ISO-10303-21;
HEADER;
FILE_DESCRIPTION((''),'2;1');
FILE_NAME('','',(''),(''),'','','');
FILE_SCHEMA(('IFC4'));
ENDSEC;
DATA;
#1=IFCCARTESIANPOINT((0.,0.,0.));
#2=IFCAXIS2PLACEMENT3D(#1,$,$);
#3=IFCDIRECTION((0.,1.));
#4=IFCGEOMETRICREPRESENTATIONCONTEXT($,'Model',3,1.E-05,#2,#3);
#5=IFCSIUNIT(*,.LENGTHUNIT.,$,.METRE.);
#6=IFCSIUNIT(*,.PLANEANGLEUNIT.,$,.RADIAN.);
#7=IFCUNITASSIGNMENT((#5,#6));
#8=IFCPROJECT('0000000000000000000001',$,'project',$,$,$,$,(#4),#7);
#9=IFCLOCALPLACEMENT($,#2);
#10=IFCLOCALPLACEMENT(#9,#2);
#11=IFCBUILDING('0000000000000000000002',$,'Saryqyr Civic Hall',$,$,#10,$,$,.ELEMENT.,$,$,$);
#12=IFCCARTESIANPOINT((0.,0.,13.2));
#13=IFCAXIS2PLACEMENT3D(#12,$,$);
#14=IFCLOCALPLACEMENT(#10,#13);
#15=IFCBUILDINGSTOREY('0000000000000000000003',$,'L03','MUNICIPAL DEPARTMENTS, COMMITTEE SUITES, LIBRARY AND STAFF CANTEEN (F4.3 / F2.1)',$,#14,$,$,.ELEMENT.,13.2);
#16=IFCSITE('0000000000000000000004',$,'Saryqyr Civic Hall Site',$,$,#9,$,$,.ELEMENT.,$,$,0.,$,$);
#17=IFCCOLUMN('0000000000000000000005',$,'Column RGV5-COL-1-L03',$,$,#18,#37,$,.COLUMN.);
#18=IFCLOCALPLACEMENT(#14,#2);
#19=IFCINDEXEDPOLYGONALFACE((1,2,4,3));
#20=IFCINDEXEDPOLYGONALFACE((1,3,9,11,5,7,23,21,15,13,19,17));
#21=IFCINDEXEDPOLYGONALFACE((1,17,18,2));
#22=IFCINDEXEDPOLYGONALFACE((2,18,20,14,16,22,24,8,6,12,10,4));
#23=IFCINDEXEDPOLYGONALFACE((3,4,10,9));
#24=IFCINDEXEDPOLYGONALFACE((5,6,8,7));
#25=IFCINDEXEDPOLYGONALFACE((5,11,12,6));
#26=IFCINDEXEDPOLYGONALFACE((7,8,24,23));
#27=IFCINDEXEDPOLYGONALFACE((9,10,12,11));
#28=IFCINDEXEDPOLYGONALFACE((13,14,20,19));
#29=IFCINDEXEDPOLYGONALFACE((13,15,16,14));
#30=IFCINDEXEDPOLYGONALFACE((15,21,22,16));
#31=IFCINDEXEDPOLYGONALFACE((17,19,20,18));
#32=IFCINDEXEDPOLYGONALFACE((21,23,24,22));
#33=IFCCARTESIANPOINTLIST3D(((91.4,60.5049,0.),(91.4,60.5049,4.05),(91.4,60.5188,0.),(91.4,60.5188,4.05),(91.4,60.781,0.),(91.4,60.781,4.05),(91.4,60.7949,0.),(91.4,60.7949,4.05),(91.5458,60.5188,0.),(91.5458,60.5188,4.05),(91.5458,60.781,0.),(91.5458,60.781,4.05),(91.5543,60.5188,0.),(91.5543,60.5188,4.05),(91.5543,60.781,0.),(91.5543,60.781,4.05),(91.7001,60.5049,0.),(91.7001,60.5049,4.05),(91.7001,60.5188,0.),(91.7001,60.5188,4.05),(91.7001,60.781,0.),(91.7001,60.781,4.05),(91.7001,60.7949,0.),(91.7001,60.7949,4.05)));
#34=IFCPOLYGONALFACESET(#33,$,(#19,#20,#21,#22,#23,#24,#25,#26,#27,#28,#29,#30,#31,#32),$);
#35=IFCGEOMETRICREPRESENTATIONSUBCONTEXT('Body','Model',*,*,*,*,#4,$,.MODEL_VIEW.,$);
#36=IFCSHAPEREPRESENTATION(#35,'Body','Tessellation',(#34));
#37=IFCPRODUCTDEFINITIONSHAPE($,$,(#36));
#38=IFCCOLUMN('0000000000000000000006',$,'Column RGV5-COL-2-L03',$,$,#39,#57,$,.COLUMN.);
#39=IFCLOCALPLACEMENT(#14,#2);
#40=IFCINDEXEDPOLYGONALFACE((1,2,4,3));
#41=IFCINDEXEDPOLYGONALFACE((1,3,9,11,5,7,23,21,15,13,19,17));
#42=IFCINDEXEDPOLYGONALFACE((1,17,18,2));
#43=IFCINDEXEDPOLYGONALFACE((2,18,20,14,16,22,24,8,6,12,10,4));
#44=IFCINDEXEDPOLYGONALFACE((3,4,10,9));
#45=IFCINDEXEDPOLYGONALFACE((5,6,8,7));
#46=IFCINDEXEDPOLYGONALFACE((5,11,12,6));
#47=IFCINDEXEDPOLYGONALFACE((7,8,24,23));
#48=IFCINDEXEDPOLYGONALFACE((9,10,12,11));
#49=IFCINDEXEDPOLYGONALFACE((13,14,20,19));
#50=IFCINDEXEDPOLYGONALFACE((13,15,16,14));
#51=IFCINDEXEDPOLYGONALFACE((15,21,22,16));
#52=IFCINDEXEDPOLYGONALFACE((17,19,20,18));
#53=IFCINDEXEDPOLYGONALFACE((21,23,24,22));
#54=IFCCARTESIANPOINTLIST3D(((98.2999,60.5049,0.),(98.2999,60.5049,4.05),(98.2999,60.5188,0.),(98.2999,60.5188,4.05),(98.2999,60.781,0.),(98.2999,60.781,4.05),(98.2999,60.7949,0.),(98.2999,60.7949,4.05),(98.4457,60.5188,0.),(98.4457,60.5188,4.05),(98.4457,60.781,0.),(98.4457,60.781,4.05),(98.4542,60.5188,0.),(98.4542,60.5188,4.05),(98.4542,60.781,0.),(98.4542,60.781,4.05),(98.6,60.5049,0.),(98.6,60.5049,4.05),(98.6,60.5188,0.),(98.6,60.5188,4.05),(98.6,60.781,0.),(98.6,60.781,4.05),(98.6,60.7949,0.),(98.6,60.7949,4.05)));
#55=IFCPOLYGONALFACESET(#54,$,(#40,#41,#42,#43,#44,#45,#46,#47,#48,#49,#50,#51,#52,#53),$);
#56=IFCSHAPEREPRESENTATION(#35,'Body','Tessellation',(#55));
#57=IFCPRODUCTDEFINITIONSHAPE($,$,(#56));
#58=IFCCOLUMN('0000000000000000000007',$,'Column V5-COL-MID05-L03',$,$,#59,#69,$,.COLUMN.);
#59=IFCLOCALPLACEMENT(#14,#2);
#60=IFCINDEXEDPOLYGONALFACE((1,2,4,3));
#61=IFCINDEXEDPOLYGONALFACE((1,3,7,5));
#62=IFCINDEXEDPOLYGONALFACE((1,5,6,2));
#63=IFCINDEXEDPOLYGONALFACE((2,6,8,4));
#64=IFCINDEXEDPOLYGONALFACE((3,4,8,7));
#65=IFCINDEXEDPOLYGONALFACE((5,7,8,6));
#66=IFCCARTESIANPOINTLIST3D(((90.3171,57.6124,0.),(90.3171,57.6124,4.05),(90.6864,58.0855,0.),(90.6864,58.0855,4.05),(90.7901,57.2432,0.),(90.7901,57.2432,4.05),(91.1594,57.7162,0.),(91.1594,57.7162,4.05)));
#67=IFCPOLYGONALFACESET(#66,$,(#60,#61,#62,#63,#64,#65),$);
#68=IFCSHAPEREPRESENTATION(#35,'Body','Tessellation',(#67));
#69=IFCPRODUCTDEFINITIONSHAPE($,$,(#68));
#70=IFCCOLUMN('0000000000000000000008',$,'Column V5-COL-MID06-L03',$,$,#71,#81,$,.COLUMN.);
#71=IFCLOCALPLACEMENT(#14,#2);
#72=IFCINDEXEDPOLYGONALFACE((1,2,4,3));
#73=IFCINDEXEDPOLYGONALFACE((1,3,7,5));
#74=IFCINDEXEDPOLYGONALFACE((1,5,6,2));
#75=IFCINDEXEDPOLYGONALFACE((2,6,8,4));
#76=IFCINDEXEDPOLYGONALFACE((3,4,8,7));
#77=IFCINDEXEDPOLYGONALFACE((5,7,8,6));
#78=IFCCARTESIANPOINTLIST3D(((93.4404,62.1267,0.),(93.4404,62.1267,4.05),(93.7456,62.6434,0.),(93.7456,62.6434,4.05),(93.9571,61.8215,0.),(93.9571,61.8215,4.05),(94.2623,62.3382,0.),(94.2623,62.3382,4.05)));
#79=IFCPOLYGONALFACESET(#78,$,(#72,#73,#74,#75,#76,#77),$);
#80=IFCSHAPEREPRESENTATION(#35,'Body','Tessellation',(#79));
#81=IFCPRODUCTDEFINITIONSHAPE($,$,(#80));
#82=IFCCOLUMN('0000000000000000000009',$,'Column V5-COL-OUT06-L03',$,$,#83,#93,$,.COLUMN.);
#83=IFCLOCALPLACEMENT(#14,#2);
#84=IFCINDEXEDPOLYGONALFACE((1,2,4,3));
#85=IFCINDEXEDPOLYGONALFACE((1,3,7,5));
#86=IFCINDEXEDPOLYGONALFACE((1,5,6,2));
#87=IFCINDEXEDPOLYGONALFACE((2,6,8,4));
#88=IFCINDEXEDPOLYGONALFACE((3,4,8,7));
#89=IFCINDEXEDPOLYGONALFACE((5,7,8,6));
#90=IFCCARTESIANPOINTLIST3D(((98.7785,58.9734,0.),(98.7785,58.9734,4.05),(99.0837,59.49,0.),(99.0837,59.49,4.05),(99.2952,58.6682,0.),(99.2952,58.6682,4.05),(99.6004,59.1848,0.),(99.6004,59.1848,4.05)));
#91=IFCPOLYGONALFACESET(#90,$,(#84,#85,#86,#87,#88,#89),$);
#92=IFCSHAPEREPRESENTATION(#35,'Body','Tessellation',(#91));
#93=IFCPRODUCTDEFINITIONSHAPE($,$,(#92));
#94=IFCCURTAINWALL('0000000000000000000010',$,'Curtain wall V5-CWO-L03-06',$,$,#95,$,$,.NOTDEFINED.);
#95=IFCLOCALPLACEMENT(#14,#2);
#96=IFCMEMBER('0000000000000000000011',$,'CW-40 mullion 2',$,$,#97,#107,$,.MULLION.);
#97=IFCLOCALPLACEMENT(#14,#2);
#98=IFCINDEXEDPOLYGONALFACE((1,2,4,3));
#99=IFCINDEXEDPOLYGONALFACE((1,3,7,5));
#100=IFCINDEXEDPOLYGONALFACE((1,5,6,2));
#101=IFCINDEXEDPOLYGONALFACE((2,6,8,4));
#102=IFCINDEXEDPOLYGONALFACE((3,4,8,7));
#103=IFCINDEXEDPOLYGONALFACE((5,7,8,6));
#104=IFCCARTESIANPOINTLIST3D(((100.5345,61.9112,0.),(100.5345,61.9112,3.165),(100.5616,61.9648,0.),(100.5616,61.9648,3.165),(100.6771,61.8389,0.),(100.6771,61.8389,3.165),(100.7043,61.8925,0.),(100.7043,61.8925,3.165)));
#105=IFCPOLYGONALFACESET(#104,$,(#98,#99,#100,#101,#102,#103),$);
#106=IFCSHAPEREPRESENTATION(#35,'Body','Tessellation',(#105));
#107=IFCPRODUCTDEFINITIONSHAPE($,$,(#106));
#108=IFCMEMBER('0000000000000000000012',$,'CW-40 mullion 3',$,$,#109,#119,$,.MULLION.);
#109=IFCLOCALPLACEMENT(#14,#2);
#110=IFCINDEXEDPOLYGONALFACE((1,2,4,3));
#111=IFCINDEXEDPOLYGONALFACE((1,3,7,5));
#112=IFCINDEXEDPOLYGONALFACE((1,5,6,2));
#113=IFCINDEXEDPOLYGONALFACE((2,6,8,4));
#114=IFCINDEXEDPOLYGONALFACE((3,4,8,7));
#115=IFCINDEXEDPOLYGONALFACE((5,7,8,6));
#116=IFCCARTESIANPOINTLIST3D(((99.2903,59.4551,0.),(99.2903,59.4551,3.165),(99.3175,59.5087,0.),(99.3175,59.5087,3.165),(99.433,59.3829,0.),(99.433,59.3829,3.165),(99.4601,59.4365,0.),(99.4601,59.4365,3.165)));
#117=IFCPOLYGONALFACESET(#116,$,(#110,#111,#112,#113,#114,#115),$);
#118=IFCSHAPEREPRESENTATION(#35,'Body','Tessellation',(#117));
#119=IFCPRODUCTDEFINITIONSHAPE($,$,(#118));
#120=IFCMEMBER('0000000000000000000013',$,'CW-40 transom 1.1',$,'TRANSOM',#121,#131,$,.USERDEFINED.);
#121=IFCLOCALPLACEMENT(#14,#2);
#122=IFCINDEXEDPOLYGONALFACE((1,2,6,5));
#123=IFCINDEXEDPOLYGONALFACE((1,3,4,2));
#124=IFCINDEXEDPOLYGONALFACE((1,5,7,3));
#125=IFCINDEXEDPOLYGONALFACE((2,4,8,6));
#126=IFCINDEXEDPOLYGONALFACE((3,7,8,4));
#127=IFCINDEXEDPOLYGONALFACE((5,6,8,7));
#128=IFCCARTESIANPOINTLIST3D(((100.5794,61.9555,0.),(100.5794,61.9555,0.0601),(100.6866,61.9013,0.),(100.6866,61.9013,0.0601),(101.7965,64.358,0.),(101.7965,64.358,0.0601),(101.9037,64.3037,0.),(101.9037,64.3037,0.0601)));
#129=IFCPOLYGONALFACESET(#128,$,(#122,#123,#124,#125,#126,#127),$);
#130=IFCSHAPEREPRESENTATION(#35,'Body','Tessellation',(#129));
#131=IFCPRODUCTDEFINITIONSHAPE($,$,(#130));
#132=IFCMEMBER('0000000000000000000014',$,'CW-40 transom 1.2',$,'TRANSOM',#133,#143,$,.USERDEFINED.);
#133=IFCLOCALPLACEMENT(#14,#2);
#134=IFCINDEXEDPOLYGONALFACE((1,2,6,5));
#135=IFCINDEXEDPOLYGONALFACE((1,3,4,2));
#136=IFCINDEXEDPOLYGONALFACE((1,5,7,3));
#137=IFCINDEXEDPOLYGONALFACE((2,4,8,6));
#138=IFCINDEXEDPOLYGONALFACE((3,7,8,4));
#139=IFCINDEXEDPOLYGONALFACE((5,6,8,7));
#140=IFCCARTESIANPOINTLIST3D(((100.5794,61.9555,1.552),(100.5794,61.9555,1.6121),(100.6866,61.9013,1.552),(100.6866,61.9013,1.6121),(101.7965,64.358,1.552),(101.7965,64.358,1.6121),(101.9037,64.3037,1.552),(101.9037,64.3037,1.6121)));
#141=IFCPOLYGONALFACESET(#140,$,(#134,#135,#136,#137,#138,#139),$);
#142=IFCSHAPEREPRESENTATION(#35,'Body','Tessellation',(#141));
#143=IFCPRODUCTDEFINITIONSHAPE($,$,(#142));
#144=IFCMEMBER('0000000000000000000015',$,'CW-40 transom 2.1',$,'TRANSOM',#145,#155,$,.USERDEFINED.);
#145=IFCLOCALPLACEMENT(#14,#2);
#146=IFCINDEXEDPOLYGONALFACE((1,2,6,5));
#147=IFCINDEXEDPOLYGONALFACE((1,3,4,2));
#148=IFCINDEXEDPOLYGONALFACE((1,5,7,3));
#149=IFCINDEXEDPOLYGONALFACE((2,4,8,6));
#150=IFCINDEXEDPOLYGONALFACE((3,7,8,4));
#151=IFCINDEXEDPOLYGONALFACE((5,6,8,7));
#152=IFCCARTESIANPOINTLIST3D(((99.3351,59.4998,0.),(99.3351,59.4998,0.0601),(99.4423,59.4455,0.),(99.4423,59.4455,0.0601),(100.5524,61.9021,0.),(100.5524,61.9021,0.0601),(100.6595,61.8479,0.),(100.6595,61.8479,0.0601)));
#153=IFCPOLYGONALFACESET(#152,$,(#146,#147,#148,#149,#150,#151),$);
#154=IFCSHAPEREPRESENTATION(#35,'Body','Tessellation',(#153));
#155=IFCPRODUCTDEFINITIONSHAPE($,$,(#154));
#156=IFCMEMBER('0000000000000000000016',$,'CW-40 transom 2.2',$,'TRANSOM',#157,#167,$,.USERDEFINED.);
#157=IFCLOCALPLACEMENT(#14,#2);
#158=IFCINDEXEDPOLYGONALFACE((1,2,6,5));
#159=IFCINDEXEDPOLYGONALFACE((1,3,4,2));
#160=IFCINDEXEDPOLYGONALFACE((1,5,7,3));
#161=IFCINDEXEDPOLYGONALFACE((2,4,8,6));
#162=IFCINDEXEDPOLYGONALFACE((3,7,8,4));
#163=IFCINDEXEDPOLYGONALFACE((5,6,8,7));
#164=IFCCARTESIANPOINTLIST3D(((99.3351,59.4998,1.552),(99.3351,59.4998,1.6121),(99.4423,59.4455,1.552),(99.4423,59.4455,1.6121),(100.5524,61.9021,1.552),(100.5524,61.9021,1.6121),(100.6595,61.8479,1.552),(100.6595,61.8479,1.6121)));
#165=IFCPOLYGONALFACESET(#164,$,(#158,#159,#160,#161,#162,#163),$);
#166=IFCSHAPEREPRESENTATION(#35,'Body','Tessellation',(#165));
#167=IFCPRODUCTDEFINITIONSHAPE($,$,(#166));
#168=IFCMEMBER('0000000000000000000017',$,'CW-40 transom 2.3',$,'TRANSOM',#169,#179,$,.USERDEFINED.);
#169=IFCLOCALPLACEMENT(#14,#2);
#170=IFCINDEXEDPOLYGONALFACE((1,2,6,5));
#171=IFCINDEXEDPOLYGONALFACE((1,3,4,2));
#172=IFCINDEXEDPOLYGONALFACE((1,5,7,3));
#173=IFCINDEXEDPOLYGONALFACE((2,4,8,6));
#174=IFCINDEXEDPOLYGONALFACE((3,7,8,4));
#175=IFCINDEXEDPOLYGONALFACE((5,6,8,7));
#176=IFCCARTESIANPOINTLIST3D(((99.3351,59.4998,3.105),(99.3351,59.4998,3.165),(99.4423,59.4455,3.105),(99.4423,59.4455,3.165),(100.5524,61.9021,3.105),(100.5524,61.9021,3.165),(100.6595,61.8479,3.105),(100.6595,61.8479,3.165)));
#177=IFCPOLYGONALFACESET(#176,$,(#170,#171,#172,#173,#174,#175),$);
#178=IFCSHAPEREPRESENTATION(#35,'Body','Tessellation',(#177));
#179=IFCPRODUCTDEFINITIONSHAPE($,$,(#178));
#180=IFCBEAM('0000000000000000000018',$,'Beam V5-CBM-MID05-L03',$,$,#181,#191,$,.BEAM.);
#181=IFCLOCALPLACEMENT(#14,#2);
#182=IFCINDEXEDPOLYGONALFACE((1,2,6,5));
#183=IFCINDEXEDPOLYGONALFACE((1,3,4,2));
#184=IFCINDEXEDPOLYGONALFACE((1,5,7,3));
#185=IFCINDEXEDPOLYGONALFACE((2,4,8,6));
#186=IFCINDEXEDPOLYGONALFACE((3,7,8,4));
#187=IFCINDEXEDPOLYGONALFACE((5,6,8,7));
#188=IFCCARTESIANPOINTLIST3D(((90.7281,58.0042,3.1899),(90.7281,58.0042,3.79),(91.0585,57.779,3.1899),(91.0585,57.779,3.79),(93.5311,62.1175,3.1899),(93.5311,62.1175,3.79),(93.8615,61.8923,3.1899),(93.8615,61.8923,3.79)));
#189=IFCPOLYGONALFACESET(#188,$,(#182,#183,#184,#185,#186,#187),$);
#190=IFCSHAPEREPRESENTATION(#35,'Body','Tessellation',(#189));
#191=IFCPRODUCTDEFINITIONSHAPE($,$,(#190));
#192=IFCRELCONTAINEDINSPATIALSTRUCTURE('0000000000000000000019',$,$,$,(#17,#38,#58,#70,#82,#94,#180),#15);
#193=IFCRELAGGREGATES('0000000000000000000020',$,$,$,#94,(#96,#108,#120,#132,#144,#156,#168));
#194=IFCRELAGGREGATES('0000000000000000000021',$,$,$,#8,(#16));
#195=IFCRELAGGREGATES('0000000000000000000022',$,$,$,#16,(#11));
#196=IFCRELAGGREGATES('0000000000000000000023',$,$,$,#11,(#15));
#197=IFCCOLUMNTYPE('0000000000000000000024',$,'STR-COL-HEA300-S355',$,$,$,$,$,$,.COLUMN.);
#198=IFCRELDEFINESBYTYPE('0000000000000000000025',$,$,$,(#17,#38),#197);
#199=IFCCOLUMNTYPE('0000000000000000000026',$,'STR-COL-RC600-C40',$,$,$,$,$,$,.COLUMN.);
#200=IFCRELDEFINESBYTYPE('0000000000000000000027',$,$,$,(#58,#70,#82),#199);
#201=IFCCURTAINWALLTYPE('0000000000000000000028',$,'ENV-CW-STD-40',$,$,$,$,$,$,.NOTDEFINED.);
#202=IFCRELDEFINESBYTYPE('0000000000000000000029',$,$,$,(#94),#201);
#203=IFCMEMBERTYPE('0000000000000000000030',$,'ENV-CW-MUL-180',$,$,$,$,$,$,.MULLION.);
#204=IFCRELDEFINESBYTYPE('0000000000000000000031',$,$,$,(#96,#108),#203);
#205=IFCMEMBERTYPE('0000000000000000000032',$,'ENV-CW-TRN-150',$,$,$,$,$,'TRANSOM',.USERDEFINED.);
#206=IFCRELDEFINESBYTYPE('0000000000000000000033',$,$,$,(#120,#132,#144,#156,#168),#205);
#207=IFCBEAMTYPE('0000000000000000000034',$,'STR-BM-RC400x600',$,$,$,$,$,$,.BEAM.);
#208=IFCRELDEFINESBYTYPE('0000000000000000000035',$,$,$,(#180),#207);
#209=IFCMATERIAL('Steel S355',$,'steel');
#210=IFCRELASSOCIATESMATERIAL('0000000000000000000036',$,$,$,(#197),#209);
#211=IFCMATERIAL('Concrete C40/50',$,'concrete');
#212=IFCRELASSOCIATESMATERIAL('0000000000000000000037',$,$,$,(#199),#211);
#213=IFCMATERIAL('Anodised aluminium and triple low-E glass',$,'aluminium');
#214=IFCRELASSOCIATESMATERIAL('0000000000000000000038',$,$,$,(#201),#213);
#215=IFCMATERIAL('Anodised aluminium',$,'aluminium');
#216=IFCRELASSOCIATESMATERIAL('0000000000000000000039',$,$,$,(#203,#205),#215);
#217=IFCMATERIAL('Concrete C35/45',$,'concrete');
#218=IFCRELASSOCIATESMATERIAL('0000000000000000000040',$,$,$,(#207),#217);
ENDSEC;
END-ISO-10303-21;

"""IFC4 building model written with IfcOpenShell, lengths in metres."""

from ifc_helpers import new_model, si_unit, direction, frame, origin, origin_2d, place, context, subcontext, project, spatial, rectangle, i_section, extrude, material, material_profile, profile_set, type_object, element, aggregate, save


model = new_model("IFC4")

# Units and contexts
model_context = context("Model", 3, precision=1e-05, world=origin(), true_north=direction((0.0, 1.0)))
body_context = subcontext(model_context, "Body", "Model", "MODEL_VIEW")
ifc_project = project(units=[si_unit("LENGTHUNIT", "METRE"), si_unit("PLANEANGLEUNIT", "RADIAN")], contexts=[model_context])

# Site, building, storey
site_placement = place(None, origin())
site = spatial("IfcSite", under=ifc_project, at=site_placement, Name="Saryqyr Civic Hall Site", CompositionType="ELEMENT", RefElevation=0.0)
building_placement = place(site_placement, origin())
building = spatial("IfcBuilding", under=site, at=building_placement, Name="Saryqyr Civic Hall", CompositionType="ELEMENT")
storey_placement = place(building_placement, frame((0.0, 0.0, 13.2)))
storey = spatial("IfcBuildingStorey", under=building, at=storey_placement, Name="L03", Description="MUNICIPAL DEPARTMENTS, COMMITTEE SUITES, LIBRARY AND STAFF CANTEEN (F4.3 / F2.1)", CompositionType="ELEMENT", Elevation=13.2)

# Columns
ifc_material_1 = material(Name="Steel S355", Category="steel")
ifc_material_profile_1 = material_profile(ifc_material_1, i_section(OverallWidth=0.3, OverallDepth=0.29, WebThickness=0.0085, FlangeThickness=0.0139, at=origin_2d()), Name="HEA 300")
ifc_profile_set_1 = profile_set([ifc_material_profile_1], Name="Steel S355")
column_type_1 = type_object("IfcColumnType", Name="STR-COL-HEA300-S355", PredefinedType="COLUMN", material=ifc_profile_set_1)
for number, where, z_axis, x_axis, name in (
    (1, (91.55, 60.6499, 0.0), (0.0, 0.0, 1.0), (1.0, 0.0, 0.0), "Column RGV5-COL-1-L03"),
    (2, (98.45, 60.6499, 0.0), (0.0, 0.0, 1.0), (1.0, 0.0, 0.0), "Column RGV5-COL-2-L03"),
):
    element("IfcColumn", number, at=place(storey_placement, frame(where, z_axis=z_axis, x_axis=x_axis)), inside=storey, type_object=column_type_1, Name=name, PredefinedType="COLUMN", context=body_context, shape_type="SweptSolid", body=[
        extrude(i_section(OverallWidth=0.3, OverallDepth=0.29, WebThickness=0.0085, FlangeThickness=0.0139, at=origin_2d()), origin(), (0.0, 0.0, 1.0), 4.05),
    ])
ifc_material_2 = material(Name="Concrete C40/50", Category="concrete")
ifc_material_profile_2 = material_profile(ifc_material_2, rectangle(XDim=0.6001, YDim=0.6001, at=origin_2d()), Name="RC 600x600")
ifc_profile_set_2 = profile_set([ifc_material_profile_2], Name="Concrete C40/50")
column_type_2 = type_object("IfcColumnType", Name="STR-COL-RC600-C40", PredefinedType="COLUMN", material=ifc_profile_set_2)
for number, where, z_axis, x_axis, name in (
    (3, (90.7383, 57.6643, 0.0), (0.0, 0.0, 1.0), (0.788226, -0.615386, 0.0), "Column V5-COL-MID05-L03"),
    (4, (93.8513, 62.2324, 0.0), (0.0, 0.0, 1.0), (0.861008, -0.508591, 0.0), "Column V5-COL-MID06-L03"),
    (5, (99.1895, 59.0791, 0.0), (0.0, 0.0, 1.0), (0.861008, -0.508591, 0.0), "Column V5-COL-OUT06-L03"),
):
    element("IfcColumn", number, at=place(storey_placement, frame(where, z_axis=z_axis, x_axis=x_axis)), inside=storey, type_object=column_type_2, Name=name, PredefinedType="COLUMN", context=body_context, shape_type="SweptSolid", body=[
        extrude(rectangle(XDim=0.6001, YDim=0.6001, at=origin_2d()), origin(), (0.0, 0.0, 1.0), 4.05),
    ])

# Curtain wall, members
ifc_material_3 = material(Name="Anodised aluminium and triple low-E glass", Category="aluminium")
curtain_wall_type = type_object("IfcCurtainWallType", Name="ENV-CW-STD-40", PredefinedType="NOTDEFINED", material=ifc_material_3)
curtain_wall_placement = place(storey_placement, origin())
curtain_wall = element("IfcCurtainWall", 6, at=curtain_wall_placement, inside=storey, type_object=curtain_wall_type, Name="Curtain wall V5-CWO-L03-06", PredefinedType="NOTDEFINED")
ifc_material_4 = material(Name="Anodised aluminium", Category="aluminium")
ifc_material_profile_3 = material_profile(ifc_material_4, rectangle(XDim=0.0601, YDim=0.1599, at=origin_2d()), Name="ALU MULLION 60x160")
ifc_profile_set_3 = profile_set([ifc_material_profile_3], Name="Anodised aluminium")
member_type_1 = type_object("IfcMemberType", Name="ENV-CW-MUL-180", PredefinedType="MULLION", material=ifc_profile_set_3)
member_1_placement = place(storey_placement, frame((100.6194, 61.9019, 0.0), z_axis=(0.0, 0.0, 1.0), x_axis=(-0.451943, -0.892047, 0.0)))
member_1 = element("IfcMember", 7, at=member_1_placement, type_object=member_type_1, Name="CW-40 mullion 2", PredefinedType="MULLION", context=body_context, shape_type="SweptSolid", body=[
    extrude(rectangle(XDim=0.0601, YDim=0.1599, at=origin_2d()), origin(), (0.0, 0.0, 1.0), 3.165),
])
member_2_placement = place(storey_placement, frame((99.3752, 59.4458, 0.0), z_axis=(0.0, 0.0, 1.0), x_axis=(-0.451943, -0.892047, 0.0)))
member_2 = element("IfcMember", 8, at=member_2_placement, type_object=member_type_1, Name="CW-40 mullion 3", PredefinedType="MULLION", context=body_context, shape_type="SweptSolid", body=[
    extrude(rectangle(XDim=0.0601, YDim=0.1599, at=origin_2d()), origin(), (0.0, 0.0, 1.0), 3.165),
])
ifc_material_profile_4 = material_profile(ifc_material_4, rectangle(XDim=0.1201, YDim=0.0601, at=origin_2d()), Name="ALU TRANSOM 120x60")
ifc_profile_set_4 = profile_set([ifc_material_profile_4], Name="Anodised aluminium")
member_type_2 = type_object("IfcMemberType", Name="ENV-CW-TRN-150", ElementType="TRANSOM", PredefinedType="USERDEFINED", material=ifc_profile_set_4)
member_3_placement = place(storey_placement, frame((101.8501, 64.3308, 0.03), z_axis=(-0.451922, -0.892058, 0.0), x_axis=(0.892058, -0.451922, 0.0)))
member_3 = element("IfcMember", 9, at=member_3_placement, type_object=member_type_2, Name="CW-40 transom 1.1", ObjectType="TRANSOM", PredefinedType="USERDEFINED", context=body_context, shape_type="SweptSolid", body=[
    extrude(rectangle(XDim=0.1201, YDim=0.0601, at=origin_2d()), origin(), (0.0, 0.0, 1.0), 2.6931),
])
member_4_placement = place(storey_placement, frame((101.8501, 64.3308, 1.582), z_axis=(-0.451922, -0.892058, 0.0), x_axis=(0.892058, -0.451922, 0.0)))
member_4 = element("IfcMember", 10, at=member_4_placement, type_object=member_type_2, Name="CW-40 transom 1.2", ObjectType="TRANSOM", PredefinedType="USERDEFINED", context=body_context, shape_type="SweptSolid", body=[
    extrude(rectangle(XDim=0.1201, YDim=0.0601, at=origin_2d()), origin(), (0.0, 0.0, 1.0), 2.6931),
])
member_5_placement = place(storey_placement, frame((100.606, 61.875, 0.03), z_axis=(-0.451994, -0.892021, 0.0), x_axis=(0.892021, -0.451994, 0.0)))
member_5 = element("IfcMember", 11, at=member_5_placement, type_object=member_type_2, Name="CW-40 transom 2.1", ObjectType="TRANSOM", PredefinedType="USERDEFINED", context=body_context, shape_type="SweptSolid", body=[
    extrude(rectangle(XDim=0.1201, YDim=0.0601, at=origin_2d()), origin(), (0.0, 0.0, 1.0), 2.6931),
])
member_6_placement = place(storey_placement, frame((100.606, 61.875, 1.582), z_axis=(-0.451994, -0.892021, 0.0), x_axis=(0.892021, -0.451994, 0.0)))
member_6 = element("IfcMember", 12, at=member_6_placement, type_object=member_type_2, Name="CW-40 transom 2.2", ObjectType="TRANSOM", PredefinedType="USERDEFINED", context=body_context, shape_type="SweptSolid", body=[
    extrude(rectangle(XDim=0.1201, YDim=0.0601, at=origin_2d()), origin(), (0.0, 0.0, 1.0), 2.6931),
])
member_7_placement = place(storey_placement, frame((100.606, 61.875, 3.135), z_axis=(-0.451994, -0.892021, 0.0), x_axis=(0.892021, -0.451994, 0.0)))
member_7 = element("IfcMember", 13, at=member_7_placement, type_object=member_type_2, Name="CW-40 transom 2.3", ObjectType="TRANSOM", PredefinedType="USERDEFINED", context=body_context, shape_type="SweptSolid", body=[
    extrude(rectangle(XDim=0.1201, YDim=0.0601, at=origin_2d()), origin(), (0.0, 0.0, 1.0), 2.6931),
])

# Beam
ifc_material_5 = material(Name="Concrete C35/45", Category="concrete")
ifc_material_profile_5 = material_profile(ifc_material_5, rectangle(XDim=0.3999, YDim=0.6001, at=origin_2d()), Name="RC 400x600")
ifc_profile_set_5 = profile_set([ifc_material_profile_5], Name="Concrete C35/45")
beam_type_1 = type_object("IfcBeamType", Name="STR-BM-RC400x600", PredefinedType="BEAM", material=ifc_profile_set_5)
beam_1_placement = place(storey_placement, frame((90.8933, 57.8916, 3.49), z_axis=(0.563127, 0.826371, 0.0), x_axis=(-0.826371, 0.563127, 0.0)))
element("IfcBeam", 14, at=beam_1_placement, inside=storey, type_object=beam_type_1, Name="Beam V5-CBM-MID05-L03", PredefinedType="BEAM", context=body_context, shape_type="SweptSolid", body=[
    extrude(rectangle(XDim=0.3999, YDim=0.6001, at=origin_2d()), origin(), (0.0, 0.0, 1.0), 4.9775),
])

aggregate(curtain_wall, [member_1, member_2, member_3, member_4, member_5, member_6, member_7])

save(model, "model.ifc")
